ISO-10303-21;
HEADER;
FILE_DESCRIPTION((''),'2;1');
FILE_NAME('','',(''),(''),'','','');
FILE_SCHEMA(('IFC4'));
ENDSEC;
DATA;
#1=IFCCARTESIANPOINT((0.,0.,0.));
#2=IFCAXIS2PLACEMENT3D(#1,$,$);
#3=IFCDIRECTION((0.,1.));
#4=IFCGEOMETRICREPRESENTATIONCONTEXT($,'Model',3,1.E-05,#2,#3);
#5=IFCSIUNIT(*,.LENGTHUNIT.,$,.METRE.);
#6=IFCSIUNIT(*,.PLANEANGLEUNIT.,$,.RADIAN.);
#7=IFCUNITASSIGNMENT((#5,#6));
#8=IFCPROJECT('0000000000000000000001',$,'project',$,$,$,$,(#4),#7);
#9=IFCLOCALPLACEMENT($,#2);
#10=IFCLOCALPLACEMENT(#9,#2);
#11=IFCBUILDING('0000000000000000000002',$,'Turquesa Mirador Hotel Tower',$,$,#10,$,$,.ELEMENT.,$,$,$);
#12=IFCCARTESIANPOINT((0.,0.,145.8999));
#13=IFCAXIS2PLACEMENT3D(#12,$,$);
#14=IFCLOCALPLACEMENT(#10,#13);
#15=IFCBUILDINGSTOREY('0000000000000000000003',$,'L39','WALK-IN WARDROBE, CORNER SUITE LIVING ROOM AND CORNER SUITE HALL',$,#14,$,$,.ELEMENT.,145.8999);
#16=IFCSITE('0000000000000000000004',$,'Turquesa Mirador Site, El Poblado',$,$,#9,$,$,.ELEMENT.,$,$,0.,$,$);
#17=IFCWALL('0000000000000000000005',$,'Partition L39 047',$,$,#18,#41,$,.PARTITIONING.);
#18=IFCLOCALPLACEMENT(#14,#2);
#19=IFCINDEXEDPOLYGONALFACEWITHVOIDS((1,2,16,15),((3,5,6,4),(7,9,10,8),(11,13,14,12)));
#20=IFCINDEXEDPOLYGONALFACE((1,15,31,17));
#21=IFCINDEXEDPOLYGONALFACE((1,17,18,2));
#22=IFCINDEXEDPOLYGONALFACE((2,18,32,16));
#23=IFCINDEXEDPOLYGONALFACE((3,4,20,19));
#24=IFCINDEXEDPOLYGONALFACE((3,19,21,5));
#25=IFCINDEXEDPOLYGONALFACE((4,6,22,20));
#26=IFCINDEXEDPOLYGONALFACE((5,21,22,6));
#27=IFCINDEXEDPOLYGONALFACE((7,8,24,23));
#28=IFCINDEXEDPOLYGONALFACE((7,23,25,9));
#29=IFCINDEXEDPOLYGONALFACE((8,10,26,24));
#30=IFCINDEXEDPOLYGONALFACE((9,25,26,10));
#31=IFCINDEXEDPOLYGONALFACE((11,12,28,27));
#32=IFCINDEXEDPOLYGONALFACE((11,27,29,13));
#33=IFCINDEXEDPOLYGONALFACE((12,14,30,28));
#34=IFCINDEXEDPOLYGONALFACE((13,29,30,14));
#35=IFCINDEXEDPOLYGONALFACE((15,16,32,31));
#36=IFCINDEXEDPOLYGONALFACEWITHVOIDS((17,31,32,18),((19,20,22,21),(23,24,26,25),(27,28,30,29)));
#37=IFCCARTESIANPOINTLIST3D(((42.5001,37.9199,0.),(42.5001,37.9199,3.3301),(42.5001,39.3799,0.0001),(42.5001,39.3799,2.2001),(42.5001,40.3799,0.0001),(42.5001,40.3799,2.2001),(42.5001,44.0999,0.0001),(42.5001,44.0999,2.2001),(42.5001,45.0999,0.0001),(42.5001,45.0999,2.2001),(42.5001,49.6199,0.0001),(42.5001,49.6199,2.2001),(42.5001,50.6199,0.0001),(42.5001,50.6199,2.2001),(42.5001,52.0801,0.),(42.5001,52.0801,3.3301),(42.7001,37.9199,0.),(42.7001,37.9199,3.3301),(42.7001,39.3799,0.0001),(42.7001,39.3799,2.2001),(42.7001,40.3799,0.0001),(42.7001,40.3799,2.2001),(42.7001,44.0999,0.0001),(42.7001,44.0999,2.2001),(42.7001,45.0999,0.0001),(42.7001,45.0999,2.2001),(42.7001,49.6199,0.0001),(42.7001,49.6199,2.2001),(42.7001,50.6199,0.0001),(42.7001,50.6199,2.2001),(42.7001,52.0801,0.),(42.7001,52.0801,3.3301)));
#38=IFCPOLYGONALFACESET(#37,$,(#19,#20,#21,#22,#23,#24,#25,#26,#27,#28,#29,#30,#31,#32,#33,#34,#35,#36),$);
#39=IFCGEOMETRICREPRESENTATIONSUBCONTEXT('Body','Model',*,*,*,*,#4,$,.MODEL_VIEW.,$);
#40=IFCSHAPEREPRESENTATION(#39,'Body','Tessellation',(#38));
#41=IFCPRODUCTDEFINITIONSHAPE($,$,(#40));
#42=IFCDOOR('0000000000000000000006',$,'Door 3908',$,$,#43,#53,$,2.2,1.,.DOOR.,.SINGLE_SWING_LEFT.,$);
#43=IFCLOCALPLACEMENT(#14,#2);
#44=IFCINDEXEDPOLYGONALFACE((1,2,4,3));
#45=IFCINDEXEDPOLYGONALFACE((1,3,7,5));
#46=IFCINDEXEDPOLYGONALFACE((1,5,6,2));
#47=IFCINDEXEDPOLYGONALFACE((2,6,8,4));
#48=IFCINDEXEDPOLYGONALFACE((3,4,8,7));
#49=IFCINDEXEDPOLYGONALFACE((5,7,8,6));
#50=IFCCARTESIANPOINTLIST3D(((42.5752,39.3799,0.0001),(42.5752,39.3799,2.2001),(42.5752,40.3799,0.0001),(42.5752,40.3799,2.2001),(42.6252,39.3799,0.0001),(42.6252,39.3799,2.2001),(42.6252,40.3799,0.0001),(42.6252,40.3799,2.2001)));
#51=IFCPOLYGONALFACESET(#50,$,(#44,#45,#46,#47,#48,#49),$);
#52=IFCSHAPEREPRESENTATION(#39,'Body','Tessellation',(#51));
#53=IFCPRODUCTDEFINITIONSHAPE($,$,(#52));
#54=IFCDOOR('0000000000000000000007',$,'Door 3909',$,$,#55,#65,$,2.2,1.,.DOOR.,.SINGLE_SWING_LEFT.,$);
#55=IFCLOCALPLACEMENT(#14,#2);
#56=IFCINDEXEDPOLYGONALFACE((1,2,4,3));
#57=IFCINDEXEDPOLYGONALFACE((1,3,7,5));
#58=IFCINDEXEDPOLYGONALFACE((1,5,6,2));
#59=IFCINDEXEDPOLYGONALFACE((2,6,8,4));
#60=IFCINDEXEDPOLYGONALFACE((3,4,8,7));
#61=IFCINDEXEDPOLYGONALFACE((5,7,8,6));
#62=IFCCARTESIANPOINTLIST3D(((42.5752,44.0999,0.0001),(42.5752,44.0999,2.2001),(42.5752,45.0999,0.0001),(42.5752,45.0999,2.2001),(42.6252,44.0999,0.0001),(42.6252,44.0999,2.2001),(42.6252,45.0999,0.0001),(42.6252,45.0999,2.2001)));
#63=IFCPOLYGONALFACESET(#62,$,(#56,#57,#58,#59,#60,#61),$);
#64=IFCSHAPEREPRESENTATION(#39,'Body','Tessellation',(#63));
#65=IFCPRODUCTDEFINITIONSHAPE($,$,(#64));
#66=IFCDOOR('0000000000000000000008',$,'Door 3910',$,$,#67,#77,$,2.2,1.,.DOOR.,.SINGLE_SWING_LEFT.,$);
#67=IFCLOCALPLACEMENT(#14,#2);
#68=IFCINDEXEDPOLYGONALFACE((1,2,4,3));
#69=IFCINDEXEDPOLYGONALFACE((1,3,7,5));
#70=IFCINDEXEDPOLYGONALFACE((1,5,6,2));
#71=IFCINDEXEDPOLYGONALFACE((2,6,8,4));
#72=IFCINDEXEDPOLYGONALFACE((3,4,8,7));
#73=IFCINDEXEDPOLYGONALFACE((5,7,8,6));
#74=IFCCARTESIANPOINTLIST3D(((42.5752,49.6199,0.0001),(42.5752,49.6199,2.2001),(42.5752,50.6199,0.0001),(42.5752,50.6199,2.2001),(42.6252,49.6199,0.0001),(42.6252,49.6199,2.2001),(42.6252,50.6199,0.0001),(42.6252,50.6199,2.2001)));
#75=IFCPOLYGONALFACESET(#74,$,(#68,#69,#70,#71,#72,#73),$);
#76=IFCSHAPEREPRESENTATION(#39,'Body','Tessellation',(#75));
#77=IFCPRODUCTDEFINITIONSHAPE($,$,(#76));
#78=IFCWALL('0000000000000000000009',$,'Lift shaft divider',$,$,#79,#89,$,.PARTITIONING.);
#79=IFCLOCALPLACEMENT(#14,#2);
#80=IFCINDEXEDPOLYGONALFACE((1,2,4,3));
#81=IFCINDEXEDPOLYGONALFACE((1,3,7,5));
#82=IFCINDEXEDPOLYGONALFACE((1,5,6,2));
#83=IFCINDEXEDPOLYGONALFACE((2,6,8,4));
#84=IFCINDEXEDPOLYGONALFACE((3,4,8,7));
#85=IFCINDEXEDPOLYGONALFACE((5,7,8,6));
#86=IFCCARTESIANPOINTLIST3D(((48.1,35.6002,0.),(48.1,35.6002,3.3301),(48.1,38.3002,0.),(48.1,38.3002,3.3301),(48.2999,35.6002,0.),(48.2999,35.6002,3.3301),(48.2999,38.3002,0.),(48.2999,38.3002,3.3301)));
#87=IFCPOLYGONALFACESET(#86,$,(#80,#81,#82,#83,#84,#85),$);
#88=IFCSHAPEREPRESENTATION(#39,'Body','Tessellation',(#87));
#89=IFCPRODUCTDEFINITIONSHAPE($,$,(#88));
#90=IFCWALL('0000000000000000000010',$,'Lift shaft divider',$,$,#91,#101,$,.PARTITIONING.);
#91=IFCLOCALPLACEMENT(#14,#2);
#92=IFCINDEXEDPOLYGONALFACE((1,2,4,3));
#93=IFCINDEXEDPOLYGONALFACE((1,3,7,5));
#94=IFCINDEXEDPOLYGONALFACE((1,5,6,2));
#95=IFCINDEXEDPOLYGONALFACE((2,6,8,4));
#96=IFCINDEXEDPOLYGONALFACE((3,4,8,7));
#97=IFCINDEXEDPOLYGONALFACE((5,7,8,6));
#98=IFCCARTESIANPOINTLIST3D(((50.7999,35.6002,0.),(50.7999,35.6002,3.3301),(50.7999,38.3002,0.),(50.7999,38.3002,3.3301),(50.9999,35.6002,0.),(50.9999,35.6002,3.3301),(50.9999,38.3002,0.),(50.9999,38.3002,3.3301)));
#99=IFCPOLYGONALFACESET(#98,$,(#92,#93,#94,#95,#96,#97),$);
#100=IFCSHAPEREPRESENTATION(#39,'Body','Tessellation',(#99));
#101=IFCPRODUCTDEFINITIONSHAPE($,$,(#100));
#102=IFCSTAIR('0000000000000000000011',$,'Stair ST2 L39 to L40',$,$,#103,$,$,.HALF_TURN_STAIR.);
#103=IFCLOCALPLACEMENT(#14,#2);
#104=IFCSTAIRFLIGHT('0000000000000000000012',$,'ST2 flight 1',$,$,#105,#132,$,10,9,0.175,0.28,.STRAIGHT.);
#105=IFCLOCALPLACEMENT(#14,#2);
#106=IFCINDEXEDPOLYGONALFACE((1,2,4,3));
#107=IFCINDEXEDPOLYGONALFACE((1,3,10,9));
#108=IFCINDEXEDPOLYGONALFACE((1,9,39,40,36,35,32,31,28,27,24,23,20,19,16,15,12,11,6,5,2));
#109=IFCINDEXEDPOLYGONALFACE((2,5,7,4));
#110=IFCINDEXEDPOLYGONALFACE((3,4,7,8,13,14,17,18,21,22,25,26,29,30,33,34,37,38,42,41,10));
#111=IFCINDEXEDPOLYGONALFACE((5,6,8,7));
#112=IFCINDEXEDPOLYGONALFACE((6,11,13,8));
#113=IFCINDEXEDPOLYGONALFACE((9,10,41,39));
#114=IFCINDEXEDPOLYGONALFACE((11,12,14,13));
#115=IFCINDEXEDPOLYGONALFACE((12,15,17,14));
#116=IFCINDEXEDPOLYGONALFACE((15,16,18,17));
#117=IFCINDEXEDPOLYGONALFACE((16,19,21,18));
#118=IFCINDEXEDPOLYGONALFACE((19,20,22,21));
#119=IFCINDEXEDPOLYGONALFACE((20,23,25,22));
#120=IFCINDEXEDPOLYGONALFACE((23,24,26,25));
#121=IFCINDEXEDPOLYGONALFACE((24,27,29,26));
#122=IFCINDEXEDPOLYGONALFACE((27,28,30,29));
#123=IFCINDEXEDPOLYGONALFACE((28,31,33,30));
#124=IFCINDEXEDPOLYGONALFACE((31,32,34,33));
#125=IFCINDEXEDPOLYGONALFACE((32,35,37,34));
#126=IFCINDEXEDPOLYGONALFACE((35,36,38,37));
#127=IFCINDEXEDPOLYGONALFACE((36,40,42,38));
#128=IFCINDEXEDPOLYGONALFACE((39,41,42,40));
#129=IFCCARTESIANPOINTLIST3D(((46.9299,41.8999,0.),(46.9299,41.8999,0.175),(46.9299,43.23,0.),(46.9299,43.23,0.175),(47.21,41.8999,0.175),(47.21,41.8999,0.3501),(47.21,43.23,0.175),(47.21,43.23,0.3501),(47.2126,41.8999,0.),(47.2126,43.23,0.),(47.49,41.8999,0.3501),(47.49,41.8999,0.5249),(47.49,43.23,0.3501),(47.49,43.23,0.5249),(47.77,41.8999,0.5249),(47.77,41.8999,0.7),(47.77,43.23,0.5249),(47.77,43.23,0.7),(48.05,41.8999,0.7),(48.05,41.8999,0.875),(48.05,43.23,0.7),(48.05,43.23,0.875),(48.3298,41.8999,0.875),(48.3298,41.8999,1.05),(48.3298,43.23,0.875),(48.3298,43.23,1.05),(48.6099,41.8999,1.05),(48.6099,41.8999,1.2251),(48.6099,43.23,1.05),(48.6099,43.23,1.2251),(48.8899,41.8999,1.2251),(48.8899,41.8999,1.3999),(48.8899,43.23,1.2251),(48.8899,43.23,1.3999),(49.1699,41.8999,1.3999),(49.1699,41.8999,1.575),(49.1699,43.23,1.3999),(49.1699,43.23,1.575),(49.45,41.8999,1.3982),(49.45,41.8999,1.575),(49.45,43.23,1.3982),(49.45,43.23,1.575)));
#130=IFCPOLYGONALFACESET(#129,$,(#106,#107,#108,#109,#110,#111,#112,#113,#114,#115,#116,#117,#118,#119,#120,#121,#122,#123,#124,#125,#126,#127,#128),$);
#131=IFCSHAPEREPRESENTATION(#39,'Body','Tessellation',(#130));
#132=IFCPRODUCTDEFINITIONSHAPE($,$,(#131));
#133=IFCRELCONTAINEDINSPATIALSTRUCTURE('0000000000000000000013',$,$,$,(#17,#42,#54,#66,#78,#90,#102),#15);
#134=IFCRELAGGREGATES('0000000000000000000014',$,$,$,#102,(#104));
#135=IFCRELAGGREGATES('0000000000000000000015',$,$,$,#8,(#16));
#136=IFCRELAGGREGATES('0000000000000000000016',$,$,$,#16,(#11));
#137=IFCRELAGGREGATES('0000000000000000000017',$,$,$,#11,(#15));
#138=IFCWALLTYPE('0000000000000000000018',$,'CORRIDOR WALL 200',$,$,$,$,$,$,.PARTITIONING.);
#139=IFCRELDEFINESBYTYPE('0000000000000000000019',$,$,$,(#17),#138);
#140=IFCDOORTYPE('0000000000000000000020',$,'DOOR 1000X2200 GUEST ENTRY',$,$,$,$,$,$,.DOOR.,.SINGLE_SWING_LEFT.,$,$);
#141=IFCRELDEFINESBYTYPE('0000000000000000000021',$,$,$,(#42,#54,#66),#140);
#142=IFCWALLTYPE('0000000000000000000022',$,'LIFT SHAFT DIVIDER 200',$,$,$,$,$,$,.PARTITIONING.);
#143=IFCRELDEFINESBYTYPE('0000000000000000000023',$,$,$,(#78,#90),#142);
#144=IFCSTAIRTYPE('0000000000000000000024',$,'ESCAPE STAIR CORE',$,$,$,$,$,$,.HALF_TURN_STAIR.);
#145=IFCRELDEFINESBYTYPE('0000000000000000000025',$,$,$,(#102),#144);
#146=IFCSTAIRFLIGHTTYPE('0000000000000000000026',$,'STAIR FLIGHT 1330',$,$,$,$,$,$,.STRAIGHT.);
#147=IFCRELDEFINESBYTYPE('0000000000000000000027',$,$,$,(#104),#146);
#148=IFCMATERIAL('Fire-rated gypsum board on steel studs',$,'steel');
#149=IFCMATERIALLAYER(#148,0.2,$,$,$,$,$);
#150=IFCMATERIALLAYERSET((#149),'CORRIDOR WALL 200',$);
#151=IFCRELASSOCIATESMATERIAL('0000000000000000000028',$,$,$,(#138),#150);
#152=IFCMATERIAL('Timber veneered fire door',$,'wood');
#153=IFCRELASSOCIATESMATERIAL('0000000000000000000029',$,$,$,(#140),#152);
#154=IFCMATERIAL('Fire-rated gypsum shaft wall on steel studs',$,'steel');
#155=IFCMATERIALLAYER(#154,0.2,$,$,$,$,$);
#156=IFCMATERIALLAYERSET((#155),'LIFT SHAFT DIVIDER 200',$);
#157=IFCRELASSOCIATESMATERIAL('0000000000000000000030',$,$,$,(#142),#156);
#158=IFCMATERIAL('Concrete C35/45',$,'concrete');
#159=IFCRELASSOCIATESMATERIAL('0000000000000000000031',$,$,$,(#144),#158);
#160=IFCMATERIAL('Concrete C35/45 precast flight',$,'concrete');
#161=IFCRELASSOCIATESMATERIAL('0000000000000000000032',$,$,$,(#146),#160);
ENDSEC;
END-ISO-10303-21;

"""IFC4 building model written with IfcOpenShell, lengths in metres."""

from ifc_helpers import new_model, si_unit, direction, frame, frame_2d, origin, place, context, subcontext, project, spatial, polyline, rectangle, outline, extrude, material, layer, layer_set, type_object, element, fill, aggregate, save


model = new_model("IFC4")

# Units and contexts
model_context = context("Model", 3, precision=1e-05, world=origin(), true_north=direction((0.0, 1.0)))
body_context = subcontext(model_context, "Body", "Model", "MODEL_VIEW")
ifc_project = project(units=[si_unit("LENGTHUNIT", "METRE"), si_unit("PLANEANGLEUNIT", "RADIAN")], contexts=[model_context])

# Site, building, storey
site_placement = place(None, origin())
site = spatial("IfcSite", under=ifc_project, at=site_placement, Name="Turquesa Mirador Site, El Poblado", CompositionType="ELEMENT", RefElevation=0.0)
building_placement = place(site_placement, origin())
building = spatial("IfcBuilding", under=site, at=building_placement, Name="Turquesa Mirador Hotel Tower", CompositionType="ELEMENT")
storey_placement = place(building_placement, frame((0.0, 0.0, 145.8999)))
storey = spatial("IfcBuildingStorey", under=building, at=storey_placement, Name="L39", Description="WALK-IN WARDROBE, CORNER SUITE LIVING ROOM AND CORNER SUITE HALL", CompositionType="ELEMENT", Elevation=145.8999)

# Shared definitions
ifc_material_1 = material(Name="Fire-rated gypsum board on steel studs", Category="steel")
ifc_layer_1 = layer(ifc_material_1, 0.2)
ifc_layer_set_1 = layer_set([ifc_layer_1], Name="CORRIDOR WALL 200")
wall_type_1 = type_object("IfcWallType", Name="CORRIDOR WALL 200", PredefinedType="PARTITIONING", material=ifc_layer_set_1)
ifc_material_2 = material(Name="Timber veneered fire door", Category="wood")
door_type_1 = type_object("IfcDoorType", Name="DOOR 1000X2200 GUEST ENTRY", OperationType="SINGLE_SWING_LEFT", PredefinedType="DOOR", material=ifc_material_2)

# Wall, openings, doors
wall_1_placement = place(storey_placement, frame((42.6001, 37.9199, 0.0), z_axis=(0.0, 0.0, 1.0), x_axis=(0.0, 1.0, 0.0)))
wall_1 = element("IfcWall", 1, at=wall_1_placement, inside=storey, type_object=wall_type_1, Name="Partition L39 047", PredefinedType="PARTITIONING", context=body_context, shape_type="SweptSolid", body=[
    extrude(rectangle(XDim=14.1602, YDim=0.2, at=frame_2d((7.0801, 0.0))), origin(), (0.0, 0.0, 1.0), 3.3301),
])
opening_1_placement = place(wall_1_placement, frame((1.46, 0.0, 0.0)))
opening_1 = element("IfcOpeningElement", 2, at=opening_1_placement, cuts=wall_1, PredefinedType="OPENING", context=body_context, shape_type="SweptSolid", body=[
    extrude(rectangle(XDim=1.0, YDim=2.2, at=frame_2d((0.5, 1.1001))), frame((0.0, 0.1099, 0.0), z_axis=(0.0, -1.0, 0.0), x_axis=(1.0, 0.0, 0.0)), (0.0, 0.0, 1.0), 0.22),
])
opening_2_placement = place(wall_1_placement, frame((6.1799, 0.0, 0.0)))
opening_2 = element("IfcOpeningElement", 3, at=opening_2_placement, cuts=wall_1, PredefinedType="OPENING", context=body_context, shape_type="SweptSolid", body=[
    extrude(rectangle(XDim=1.0, YDim=2.2, at=frame_2d((0.5, 1.1001))), frame((0.0, 0.1099, 0.0), z_axis=(0.0, -1.0, 0.0), x_axis=(1.0, 0.0, 0.0)), (0.0, 0.0, 1.0), 0.22),
])
opening_3_placement = place(wall_1_placement, frame((11.7, 0.0, 0.0)))
opening_3 = element("IfcOpeningElement", 4, at=opening_3_placement, cuts=wall_1, PredefinedType="OPENING", context=body_context, shape_type="SweptSolid", body=[
    extrude(rectangle(XDim=1.0, YDim=2.2, at=frame_2d((0.5, 1.1001))), frame((0.0, 0.1099, 0.0), z_axis=(0.0, -1.0, 0.0), x_axis=(1.0, 0.0, 0.0)), (0.0, 0.0, 1.0), 0.22),
])
door_1_placement = place(opening_1_placement, origin())
door_1 = element("IfcDoor", 5, at=door_1_placement, inside=storey, type_object=door_type_1, Name="Door 3908", OperationType="SINGLE_SWING_LEFT", OverallHeight=2.2, OverallWidth=1.0, PredefinedType="DOOR", context=body_context, shape_type="SweptSolid", body=[
    extrude(rectangle(XDim=1.0, YDim=2.2, at=frame_2d((0.5, 1.1001))), frame((0.0, 0.0249, 0.0), z_axis=(0.0, -1.0, 0.0), x_axis=(1.0, 0.0, 0.0)), (0.0, 0.0, 1.0), 0.05),
])
fill(opening_1, door_1)
door_2_placement = place(opening_2_placement, origin())
door_2 = element("IfcDoor", 6, at=door_2_placement, inside=storey, type_object=door_type_1, Name="Door 3909", OperationType="SINGLE_SWING_LEFT", OverallHeight=2.2, OverallWidth=1.0, PredefinedType="DOOR", context=body_context, shape_type="SweptSolid", body=[
    extrude(rectangle(XDim=1.0, YDim=2.2, at=frame_2d((0.5, 1.1001))), frame((0.0, 0.0249, 0.0), z_axis=(0.0, -1.0, 0.0), x_axis=(1.0, 0.0, 0.0)), (0.0, 0.0, 1.0), 0.05),
])
fill(opening_2, door_2)
door_3_placement = place(opening_3_placement, origin())
door_3 = element("IfcDoor", 7, at=door_3_placement, inside=storey, type_object=door_type_1, Name="Door 3910", OperationType="SINGLE_SWING_LEFT", OverallHeight=2.2, OverallWidth=1.0, PredefinedType="DOOR", context=body_context, shape_type="SweptSolid", body=[
    extrude(rectangle(XDim=1.0, YDim=2.2, at=frame_2d((0.5, 1.1001))), frame((0.0, 0.0249, 0.0), z_axis=(0.0, -1.0, 0.0), x_axis=(1.0, 0.0, 0.0)), (0.0, 0.0, 1.0), 0.05),
])
fill(opening_3, door_3)

# Walls
ifc_material_3 = material(Name="Fire-rated gypsum shaft wall on steel studs", Category="steel")
ifc_layer_2 = layer(ifc_material_3, 0.2)
ifc_layer_set_2 = layer_set([ifc_layer_2], Name="LIFT SHAFT DIVIDER 200")
wall_type_2 = type_object("IfcWallType", Name="LIFT SHAFT DIVIDER 200", PredefinedType="PARTITIONING", material=ifc_layer_set_2)
for number, where, z_axis, x_axis, name in (
    (8, (48.2, 35.6001, 0.0), (0.0, 0.0, 1.0), (0.0, 1.0, 0.0), "Lift shaft divider"),
    (9, (50.8999, 35.6001, 0.0), (0.0, 0.0, 1.0), (0.0, 1.0, 0.0), "Lift shaft divider"),
):
    element("IfcWall", number, at=place(storey_placement, frame(where, z_axis=z_axis, x_axis=x_axis)), inside=storey, type_object=wall_type_2, Name=name, PredefinedType="PARTITIONING", context=body_context, shape_type="SweptSolid", body=[
        extrude(rectangle(XDim=2.7, YDim=0.2, at=frame_2d((1.3501, 0.0))), origin(), (0.0, 0.0, 1.0), 3.3301),
    ])

# Stair, stair flight
ifc_material_4 = material(Name="Concrete C35/45", Category="concrete")
stair_type = type_object("IfcStairType", Name="ESCAPE STAIR CORE", PredefinedType="HALF_TURN_STAIR", material=ifc_material_4)
stair_placement = place(storey_placement, origin())
stair = element("IfcStair", 10, at=stair_placement, inside=storey, type_object=stair_type, Name="Stair ST2 L39 to L40", PredefinedType="HALF_TURN_STAIR")
ifc_material_5 = material(Name="Concrete C35/45 precast flight", Category="concrete")
stair_flight_type = type_object("IfcStairFlightType", Name="STAIR FLIGHT 1330", PredefinedType="STRAIGHT", material=ifc_material_5)
stair_flight_placement = place(storey_placement, frame((46.9299, 42.5649, 0.0), z_axis=(0.0, 0.0, 1.0), x_axis=(1.0, 0.0, 0.0)))
stair_flight = element("IfcStairFlight", 11, at=stair_flight_placement, type_object=stair_flight_type, Name="ST2 flight 1", NumberOfRisers=10, NumberOfTreads=9, PredefinedType="STRAIGHT", RiserHeight=0.175, TreadLength=0.28, context=body_context, shape_type="SweptSolid", body=[
    extrude(outline(polyline([(0.0, 0.0), (0.0, 0.175), (0.28, 0.175), (0.28, 0.3501), (0.5601, 0.3501), (0.5601, 0.5249), (0.8401, 0.5249), (0.8401, 0.7), (1.1201, 0.7), (1.1201, 0.875), (1.3999, 0.875), (1.3999, 1.05), (1.6799, 1.05), (1.6799, 1.2251), (1.96, 1.2251), (1.96, 1.3999), (2.24, 1.3999), (2.24, 1.575), (2.52, 1.575), (2.52, 1.75), (2.52, 1.3982), (0.2827, 0.0), (0.0, 0.0)])), frame((0.0, 0.665, 0.0), z_axis=(0.0, -1.0, 0.0), x_axis=(1.0, 0.0, 0.0)), (0.0, 0.0, 1.0), 1.3301),
])
aggregate(stair, [stair_flight])

save(model, "model.ifc")
